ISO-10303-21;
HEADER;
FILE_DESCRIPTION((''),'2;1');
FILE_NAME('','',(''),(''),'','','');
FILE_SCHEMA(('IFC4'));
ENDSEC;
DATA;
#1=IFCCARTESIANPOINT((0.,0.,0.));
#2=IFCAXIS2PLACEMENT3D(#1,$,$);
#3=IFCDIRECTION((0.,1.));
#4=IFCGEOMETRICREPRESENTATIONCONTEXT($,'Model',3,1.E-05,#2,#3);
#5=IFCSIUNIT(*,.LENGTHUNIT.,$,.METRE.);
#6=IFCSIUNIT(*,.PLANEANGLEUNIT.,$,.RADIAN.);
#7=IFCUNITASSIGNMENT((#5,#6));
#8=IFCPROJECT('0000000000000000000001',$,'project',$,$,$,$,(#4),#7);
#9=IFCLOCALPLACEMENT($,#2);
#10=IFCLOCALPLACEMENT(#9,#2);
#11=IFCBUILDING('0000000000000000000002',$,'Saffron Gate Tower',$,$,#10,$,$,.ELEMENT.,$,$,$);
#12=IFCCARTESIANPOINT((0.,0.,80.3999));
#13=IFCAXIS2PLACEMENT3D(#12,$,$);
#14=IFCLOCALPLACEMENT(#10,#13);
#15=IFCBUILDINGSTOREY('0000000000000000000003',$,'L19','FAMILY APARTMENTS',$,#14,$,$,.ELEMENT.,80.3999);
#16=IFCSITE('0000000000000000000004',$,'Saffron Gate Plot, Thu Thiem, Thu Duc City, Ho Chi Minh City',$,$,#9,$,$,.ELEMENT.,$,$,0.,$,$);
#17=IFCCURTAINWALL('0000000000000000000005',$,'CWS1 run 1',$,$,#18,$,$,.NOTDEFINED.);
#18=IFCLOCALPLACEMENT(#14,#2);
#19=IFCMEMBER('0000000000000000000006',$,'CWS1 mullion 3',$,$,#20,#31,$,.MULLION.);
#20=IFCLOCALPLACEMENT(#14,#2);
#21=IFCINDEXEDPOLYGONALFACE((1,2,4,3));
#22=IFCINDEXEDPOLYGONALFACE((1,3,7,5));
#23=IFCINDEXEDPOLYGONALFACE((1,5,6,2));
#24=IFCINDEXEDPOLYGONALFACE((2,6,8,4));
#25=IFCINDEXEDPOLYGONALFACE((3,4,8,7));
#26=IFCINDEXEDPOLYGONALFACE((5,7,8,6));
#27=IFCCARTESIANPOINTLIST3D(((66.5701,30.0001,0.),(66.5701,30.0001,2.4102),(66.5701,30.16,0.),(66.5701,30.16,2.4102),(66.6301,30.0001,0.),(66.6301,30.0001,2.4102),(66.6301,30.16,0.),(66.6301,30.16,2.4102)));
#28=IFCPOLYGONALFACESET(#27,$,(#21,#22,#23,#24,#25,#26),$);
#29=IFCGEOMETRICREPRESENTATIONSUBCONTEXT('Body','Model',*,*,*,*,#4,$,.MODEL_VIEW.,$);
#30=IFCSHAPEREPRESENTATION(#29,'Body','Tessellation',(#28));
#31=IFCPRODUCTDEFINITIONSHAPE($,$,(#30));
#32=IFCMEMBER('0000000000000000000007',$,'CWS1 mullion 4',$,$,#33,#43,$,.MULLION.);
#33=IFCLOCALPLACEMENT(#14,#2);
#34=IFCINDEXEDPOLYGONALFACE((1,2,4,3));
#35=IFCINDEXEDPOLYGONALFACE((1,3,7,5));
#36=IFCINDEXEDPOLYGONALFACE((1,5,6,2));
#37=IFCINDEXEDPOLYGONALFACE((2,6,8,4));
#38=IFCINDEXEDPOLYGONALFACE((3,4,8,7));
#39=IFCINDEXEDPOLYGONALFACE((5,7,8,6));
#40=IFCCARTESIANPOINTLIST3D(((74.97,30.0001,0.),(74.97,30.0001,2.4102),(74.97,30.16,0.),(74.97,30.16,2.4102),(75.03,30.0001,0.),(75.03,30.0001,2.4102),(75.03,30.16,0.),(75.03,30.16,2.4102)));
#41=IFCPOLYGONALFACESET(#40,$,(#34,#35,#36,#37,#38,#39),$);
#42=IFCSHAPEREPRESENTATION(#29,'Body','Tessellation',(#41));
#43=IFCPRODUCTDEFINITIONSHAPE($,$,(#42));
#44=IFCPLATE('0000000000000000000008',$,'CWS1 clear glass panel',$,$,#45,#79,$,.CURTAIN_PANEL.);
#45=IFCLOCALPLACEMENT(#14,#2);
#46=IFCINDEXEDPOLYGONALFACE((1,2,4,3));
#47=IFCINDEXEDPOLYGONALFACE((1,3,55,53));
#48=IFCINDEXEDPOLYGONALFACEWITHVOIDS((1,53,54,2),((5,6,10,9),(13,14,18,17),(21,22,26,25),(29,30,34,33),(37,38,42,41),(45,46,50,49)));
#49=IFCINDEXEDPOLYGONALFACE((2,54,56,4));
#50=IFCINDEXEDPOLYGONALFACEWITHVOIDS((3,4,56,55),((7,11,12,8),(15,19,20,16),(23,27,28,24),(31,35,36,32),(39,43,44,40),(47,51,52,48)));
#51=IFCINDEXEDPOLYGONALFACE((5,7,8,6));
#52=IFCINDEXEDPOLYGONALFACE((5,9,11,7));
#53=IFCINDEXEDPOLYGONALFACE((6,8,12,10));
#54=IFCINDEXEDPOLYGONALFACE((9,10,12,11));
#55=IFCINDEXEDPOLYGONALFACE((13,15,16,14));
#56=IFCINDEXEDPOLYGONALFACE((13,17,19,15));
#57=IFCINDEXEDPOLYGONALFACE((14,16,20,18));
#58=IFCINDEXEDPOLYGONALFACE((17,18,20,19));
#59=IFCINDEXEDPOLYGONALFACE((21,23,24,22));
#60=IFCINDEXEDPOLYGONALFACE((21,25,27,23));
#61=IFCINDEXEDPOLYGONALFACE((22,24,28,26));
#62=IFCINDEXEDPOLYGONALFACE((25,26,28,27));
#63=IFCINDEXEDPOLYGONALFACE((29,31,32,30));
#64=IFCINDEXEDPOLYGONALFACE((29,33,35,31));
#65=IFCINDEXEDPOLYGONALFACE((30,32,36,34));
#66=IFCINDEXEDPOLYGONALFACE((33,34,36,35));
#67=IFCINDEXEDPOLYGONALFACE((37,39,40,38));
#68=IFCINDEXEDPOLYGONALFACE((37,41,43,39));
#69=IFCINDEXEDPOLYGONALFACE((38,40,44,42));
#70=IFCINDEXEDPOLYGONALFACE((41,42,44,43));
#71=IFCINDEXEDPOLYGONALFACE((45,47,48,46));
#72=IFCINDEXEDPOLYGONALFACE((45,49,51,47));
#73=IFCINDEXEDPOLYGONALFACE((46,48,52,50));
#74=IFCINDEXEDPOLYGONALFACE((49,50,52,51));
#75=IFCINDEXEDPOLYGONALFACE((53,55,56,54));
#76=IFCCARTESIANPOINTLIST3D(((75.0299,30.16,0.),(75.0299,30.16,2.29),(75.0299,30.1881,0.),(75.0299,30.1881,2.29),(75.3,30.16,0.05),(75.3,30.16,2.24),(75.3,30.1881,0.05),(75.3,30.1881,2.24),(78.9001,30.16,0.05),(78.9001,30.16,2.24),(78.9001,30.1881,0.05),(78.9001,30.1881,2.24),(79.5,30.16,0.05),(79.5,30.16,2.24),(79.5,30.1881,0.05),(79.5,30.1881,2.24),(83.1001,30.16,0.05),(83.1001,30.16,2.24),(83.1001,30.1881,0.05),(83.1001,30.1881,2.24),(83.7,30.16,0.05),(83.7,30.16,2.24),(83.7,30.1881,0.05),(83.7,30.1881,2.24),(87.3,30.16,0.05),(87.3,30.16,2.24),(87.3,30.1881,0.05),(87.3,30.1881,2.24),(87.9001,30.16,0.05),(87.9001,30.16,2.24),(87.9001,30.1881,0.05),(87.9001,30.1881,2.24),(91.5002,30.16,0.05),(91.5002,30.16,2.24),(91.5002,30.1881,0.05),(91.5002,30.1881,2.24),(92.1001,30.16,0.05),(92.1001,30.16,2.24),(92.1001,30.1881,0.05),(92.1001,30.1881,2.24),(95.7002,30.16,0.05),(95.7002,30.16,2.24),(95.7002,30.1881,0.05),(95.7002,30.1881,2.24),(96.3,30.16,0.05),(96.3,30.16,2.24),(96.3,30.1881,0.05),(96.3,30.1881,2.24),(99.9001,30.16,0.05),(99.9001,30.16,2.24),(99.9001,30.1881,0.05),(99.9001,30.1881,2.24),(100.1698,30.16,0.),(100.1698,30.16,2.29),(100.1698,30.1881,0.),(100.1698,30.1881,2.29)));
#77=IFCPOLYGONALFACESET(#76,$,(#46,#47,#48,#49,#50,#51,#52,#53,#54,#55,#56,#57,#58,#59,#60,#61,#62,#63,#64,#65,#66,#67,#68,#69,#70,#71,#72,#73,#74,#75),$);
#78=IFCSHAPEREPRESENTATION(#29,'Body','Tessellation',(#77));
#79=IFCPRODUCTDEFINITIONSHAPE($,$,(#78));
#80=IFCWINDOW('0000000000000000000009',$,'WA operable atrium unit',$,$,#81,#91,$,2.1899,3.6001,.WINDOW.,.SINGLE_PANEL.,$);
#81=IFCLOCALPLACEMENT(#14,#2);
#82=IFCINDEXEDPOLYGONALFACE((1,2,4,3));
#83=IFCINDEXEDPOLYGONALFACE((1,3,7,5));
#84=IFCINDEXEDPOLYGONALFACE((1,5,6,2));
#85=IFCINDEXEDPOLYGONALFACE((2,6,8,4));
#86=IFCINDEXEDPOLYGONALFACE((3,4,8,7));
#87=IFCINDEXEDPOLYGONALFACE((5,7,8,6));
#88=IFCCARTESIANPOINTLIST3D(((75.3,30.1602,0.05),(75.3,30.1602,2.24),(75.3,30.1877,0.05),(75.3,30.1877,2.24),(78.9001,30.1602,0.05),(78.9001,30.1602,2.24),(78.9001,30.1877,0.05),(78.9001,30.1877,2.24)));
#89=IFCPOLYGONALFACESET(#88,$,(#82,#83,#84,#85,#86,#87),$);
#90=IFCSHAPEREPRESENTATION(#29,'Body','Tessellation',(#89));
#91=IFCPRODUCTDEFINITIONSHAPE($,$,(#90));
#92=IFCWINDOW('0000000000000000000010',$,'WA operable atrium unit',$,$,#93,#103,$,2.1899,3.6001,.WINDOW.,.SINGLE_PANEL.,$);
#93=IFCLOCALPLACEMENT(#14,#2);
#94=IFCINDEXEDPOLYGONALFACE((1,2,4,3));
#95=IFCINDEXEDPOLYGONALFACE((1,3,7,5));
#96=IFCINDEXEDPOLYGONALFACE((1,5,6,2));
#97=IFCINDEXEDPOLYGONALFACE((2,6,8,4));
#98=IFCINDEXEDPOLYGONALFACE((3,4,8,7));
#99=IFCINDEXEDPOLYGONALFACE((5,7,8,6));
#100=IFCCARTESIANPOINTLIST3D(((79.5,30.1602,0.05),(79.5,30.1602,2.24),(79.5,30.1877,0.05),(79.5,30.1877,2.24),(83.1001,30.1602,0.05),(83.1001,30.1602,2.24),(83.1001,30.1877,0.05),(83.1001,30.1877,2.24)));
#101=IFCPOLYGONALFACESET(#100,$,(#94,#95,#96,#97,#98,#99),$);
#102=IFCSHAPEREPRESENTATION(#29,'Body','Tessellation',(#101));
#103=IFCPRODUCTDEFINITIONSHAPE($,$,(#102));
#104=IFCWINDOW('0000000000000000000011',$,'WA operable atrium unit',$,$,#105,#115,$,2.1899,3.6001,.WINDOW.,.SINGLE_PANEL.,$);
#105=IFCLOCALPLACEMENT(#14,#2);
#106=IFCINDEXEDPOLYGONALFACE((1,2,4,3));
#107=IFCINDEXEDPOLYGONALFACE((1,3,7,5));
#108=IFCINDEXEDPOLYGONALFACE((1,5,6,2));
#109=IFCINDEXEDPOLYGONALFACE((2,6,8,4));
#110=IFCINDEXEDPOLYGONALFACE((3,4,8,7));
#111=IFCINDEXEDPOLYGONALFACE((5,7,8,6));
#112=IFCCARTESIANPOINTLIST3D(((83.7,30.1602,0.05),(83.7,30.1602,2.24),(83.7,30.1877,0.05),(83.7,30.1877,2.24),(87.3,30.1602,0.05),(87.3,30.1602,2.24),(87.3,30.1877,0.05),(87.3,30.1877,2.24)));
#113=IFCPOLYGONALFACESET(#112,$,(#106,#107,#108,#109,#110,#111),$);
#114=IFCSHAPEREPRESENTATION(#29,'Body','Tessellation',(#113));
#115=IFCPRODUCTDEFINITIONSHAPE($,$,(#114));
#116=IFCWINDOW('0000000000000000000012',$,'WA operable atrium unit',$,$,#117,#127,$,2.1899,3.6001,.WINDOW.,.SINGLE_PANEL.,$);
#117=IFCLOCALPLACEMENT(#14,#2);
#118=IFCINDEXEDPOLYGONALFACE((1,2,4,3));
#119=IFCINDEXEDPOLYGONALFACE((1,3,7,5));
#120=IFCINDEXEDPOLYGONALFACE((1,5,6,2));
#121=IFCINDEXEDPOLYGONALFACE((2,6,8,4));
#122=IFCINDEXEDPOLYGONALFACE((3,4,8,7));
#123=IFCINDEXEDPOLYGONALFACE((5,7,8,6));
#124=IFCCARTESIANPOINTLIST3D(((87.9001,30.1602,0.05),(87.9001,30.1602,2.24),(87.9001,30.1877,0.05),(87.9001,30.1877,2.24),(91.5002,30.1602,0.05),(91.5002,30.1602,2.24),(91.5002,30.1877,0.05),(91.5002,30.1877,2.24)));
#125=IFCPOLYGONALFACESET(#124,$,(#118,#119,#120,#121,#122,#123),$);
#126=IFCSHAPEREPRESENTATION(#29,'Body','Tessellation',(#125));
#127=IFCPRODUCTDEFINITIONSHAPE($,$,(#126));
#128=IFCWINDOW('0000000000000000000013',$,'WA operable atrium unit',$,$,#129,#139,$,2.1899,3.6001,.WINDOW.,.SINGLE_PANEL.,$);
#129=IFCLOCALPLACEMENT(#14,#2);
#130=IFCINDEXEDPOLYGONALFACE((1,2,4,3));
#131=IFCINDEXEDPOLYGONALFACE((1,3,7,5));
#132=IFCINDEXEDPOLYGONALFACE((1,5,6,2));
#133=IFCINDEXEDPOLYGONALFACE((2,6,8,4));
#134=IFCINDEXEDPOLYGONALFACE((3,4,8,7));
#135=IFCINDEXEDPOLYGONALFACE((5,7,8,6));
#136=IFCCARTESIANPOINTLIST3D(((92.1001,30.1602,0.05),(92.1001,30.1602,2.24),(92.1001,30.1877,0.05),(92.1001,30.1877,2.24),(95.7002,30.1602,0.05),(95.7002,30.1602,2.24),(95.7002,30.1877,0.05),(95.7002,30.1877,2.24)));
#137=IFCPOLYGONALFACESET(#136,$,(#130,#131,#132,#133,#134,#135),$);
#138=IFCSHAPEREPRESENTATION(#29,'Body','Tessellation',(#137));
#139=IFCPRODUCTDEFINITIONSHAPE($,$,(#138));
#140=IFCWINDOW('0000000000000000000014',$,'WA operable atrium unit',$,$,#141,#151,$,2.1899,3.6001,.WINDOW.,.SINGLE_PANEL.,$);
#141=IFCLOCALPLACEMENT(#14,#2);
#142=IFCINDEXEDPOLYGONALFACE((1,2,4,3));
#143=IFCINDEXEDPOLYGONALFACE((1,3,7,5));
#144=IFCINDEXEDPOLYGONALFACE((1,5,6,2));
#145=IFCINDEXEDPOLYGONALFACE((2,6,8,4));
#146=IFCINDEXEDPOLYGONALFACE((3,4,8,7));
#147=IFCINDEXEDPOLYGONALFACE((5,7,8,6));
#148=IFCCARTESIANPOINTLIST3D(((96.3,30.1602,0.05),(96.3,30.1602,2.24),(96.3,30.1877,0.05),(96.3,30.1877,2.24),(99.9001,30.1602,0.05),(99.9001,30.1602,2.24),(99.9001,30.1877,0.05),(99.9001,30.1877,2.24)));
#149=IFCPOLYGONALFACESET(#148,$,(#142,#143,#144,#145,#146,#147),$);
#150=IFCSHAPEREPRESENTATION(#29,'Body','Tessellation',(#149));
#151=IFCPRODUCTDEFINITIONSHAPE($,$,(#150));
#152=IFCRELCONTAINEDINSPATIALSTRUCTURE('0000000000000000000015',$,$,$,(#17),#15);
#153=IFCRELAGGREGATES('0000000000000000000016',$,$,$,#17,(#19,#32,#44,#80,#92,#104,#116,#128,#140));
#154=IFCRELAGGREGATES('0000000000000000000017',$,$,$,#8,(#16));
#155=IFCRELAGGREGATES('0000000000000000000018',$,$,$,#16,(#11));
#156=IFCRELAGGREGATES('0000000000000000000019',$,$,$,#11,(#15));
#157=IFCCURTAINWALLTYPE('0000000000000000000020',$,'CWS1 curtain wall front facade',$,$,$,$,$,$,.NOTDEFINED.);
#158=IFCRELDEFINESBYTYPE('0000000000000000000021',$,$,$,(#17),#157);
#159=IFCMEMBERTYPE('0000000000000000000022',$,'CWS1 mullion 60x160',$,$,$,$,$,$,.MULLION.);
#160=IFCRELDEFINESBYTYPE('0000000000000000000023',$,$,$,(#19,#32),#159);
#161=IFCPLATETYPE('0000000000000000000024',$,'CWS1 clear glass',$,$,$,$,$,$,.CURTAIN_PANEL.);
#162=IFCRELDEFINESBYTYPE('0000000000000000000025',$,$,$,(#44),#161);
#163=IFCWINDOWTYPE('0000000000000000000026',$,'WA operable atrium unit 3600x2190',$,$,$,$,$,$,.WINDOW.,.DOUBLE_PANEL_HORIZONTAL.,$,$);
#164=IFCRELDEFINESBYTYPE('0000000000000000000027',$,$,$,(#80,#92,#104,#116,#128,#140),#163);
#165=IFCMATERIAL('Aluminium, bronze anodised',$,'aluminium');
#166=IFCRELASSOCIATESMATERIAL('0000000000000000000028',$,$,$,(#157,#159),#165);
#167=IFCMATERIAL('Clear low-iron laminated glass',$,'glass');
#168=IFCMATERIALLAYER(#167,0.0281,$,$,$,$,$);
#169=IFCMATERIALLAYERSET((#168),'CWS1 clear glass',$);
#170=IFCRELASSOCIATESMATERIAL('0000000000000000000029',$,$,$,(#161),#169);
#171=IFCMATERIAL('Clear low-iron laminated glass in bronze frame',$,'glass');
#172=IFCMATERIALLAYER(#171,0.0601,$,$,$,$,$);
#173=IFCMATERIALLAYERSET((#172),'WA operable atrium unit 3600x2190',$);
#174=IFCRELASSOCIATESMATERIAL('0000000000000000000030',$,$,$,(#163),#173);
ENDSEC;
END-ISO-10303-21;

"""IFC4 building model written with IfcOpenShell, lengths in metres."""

from ifc_helpers import new_model, si_unit, direction, frame, frame_2d, origin, origin_2d, place, context, subcontext, project, spatial, rectangle, extrude, material, layer, layer_set, material_profile, profile_set, type_object, element, fill, aggregate, save


model = new_model("IFC4")

# Units and contexts
model_context = context("Model", 3, precision=1e-05, world=origin(), true_north=direction((0.0, 1.0)))
body_context = subcontext(model_context, "Body", "Model", "MODEL_VIEW")
ifc_project = project(units=[si_unit("LENGTHUNIT", "METRE"), si_unit("PLANEANGLEUNIT", "RADIAN")], contexts=[model_context])

# Site, building, storey
site_placement = place(None, origin())
site = spatial("IfcSite", under=ifc_project, at=site_placement, Name="Saffron Gate Plot, Thu Thiem, Thu Duc City, Ho Chi Minh City", CompositionType="ELEMENT", RefElevation=0.0)
building_placement = place(site_placement, origin())
building = spatial("IfcBuilding", under=site, at=building_placement, Name="Saffron Gate Tower", CompositionType="ELEMENT")
storey_placement = place(building_placement, frame((0.0, 0.0, 80.3999)))
storey = spatial("IfcBuildingStorey", under=building, at=storey_placement, Name="L19", Description="FAMILY APARTMENTS", CompositionType="ELEMENT", Elevation=80.3999)

# Curtain wall, members, plate, openings, windows
ifc_material_1 = material(Name="Aluminium, bronze anodised", Category="aluminium")
curtain_wall_type = type_object("IfcCurtainWallType", Name="CWS1 curtain wall front facade", PredefinedType="NOTDEFINED", material=ifc_material_1)
curtain_wall_placement = place(storey_placement, origin())
curtain_wall = element("IfcCurtainWall", 1, at=curtain_wall_placement, inside=storey, type_object=curtain_wall_type, Name="CWS1 run 1", PredefinedType="NOTDEFINED")
ifc_material_profile_1 = material_profile(ifc_material_1, rectangle(XDim=0.1599, YDim=0.0601, at=origin_2d()))
ifc_profile_set_1 = profile_set([ifc_material_profile_1], Name="Aluminium, bronze anodised")
member_type = type_object("IfcMemberType", Name="CWS1 mullion 60x160", PredefinedType="MULLION", material=ifc_profile_set_1)
member_1_placement = place(storey_placement, frame((66.6001, 30.0801, 0.0), z_axis=(0.0, 0.0, 1.0), x_axis=(0.0, 1.0, 0.0)))
member_1 = element("IfcMember", 2, at=member_1_placement, type_object=member_type, Name="CWS1 mullion 3", PredefinedType="MULLION", context=body_context, shape_type="SweptSolid", body=[
    extrude(rectangle(XDim=0.1599, YDim=0.0601, at=origin_2d()), origin(), (0.0, 0.0, 1.0), 2.4102),
])
member_2_placement = place(storey_placement, frame((75.0, 30.0801, 0.0), z_axis=(0.0, 0.0, 1.0), x_axis=(0.0, 1.0, 0.0)))
member_2 = element("IfcMember", 3, at=member_2_placement, type_object=member_type, Name="CWS1 mullion 4", PredefinedType="MULLION", context=body_context, shape_type="SweptSolid", body=[
    extrude(rectangle(XDim=0.1599, YDim=0.0601, at=origin_2d()), origin(), (0.0, 0.0, 1.0), 2.4102),
])
ifc_material_2 = material(Name="Clear low-iron laminated glass", Category="glass")
ifc_layer_1 = layer(ifc_material_2, 0.0281)
ifc_layer_set_1 = layer_set([ifc_layer_1], Name="CWS1 clear glass")
plate_type = type_object("IfcPlateType", Name="CWS1 clear glass", PredefinedType="CURTAIN_PANEL", material=ifc_layer_set_1)
plate_placement = place(storey_placement, frame((75.03, 30.1741, 0.0), z_axis=(0.0, 0.0, 1.0), x_axis=(1.0, 0.0, 0.0)))
plate = element("IfcPlate", 4, at=plate_placement, type_object=plate_type, Name="CWS1 clear glass panel", PredefinedType="CURTAIN_PANEL", context=body_context, shape_type="SweptSolid", body=[
    extrude(rectangle(XDim=25.1399, YDim=0.0281, at=frame_2d((12.5698, 0.0))), origin(), (0.0, 0.0, 1.0), 2.29),
])
opening_1_placement = place(plate_placement, frame((0.27, 0.0, 0.05)))
opening_1 = element("IfcOpeningElement", 5, at=opening_1_placement, cuts=plate, PredefinedType="OPENING", context=body_context, shape_type="SweptSolid", body=[
    extrude(rectangle(XDim=3.6001, YDim=2.1899, at=frame_2d((1.8, 1.095))), frame((0.0, 0.0239, 0.0), z_axis=(0.0, -1.0, 0.0), x_axis=(1.0, 0.0, 0.0)), (0.0, 0.0, 1.0), 0.0481),
])
opening_2_placement = place(plate_placement, frame((4.47, 0.0, 0.05)))
opening_2 = element("IfcOpeningElement", 6, at=opening_2_placement, cuts=plate, PredefinedType="OPENING", context=body_context, shape_type="SweptSolid", body=[
    extrude(rectangle(XDim=3.6001, YDim=2.1899, at=frame_2d((1.8, 1.095))), frame((0.0, 0.0239, 0.0), z_axis=(0.0, -1.0, 0.0), x_axis=(1.0, 0.0, 0.0)), (0.0, 0.0, 1.0), 0.0481),
])
opening_3_placement = place(plate_placement, frame((8.6699, 0.0, 0.05)))
opening_3 = element("IfcOpeningElement", 7, at=opening_3_placement, cuts=plate, PredefinedType="OPENING", context=body_context, shape_type="SweptSolid", body=[
    extrude(rectangle(XDim=3.6001, YDim=2.1899, at=frame_2d((1.8, 1.095))), frame((0.0, 0.0239, 0.0), z_axis=(0.0, -1.0, 0.0), x_axis=(1.0, 0.0, 0.0)), (0.0, 0.0, 1.0), 0.0481),
])
opening_4_placement = place(plate_placement, frame((12.8701, 0.0, 0.05)))
opening_4 = element("IfcOpeningElement", 8, at=opening_4_placement, cuts=plate, PredefinedType="OPENING", context=body_context, shape_type="SweptSolid", body=[
    extrude(rectangle(XDim=3.6001, YDim=2.1899, at=frame_2d((1.8, 1.095))), frame((0.0, 0.0239, 0.0), z_axis=(0.0, -1.0, 0.0), x_axis=(1.0, 0.0, 0.0)), (0.0, 0.0, 1.0), 0.0481),
])
opening_5_placement = place(plate_placement, frame((17.0701, 0.0, 0.05)))
opening_5 = element("IfcOpeningElement", 9, at=opening_5_placement, cuts=plate, PredefinedType="OPENING", context=body_context, shape_type="SweptSolid", body=[
    extrude(rectangle(XDim=3.6001, YDim=2.1899, at=frame_2d((1.8, 1.095))), frame((0.0, 0.0239, 0.0), z_axis=(0.0, -1.0, 0.0), x_axis=(1.0, 0.0, 0.0)), (0.0, 0.0, 1.0), 0.0481),
])
opening_6_placement = place(plate_placement, frame((21.27, 0.0, 0.05)))
opening_6 = element("IfcOpeningElement", 10, at=opening_6_placement, cuts=plate, PredefinedType="OPENING", context=body_context, shape_type="SweptSolid", body=[
    extrude(rectangle(XDim=3.6001, YDim=2.1899, at=frame_2d((1.8, 1.095))), frame((0.0, 0.0239, 0.0), z_axis=(0.0, -1.0, 0.0), x_axis=(1.0, 0.0, 0.0)), (0.0, 0.0, 1.0), 0.0481),
])
ifc_material_3 = material(Name="Clear low-iron laminated glass in bronze frame", Category="glass")
ifc_layer_2 = layer(ifc_material_3, 0.0601)
ifc_layer_set_2 = layer_set([ifc_layer_2], Name="WA operable atrium unit 3600x2190")
window_type = type_object("IfcWindowType", Name="WA operable atrium unit 3600x2190", PartitioningType="DOUBLE_PANEL_HORIZONTAL", PredefinedType="WINDOW", material=ifc_layer_set_2)
window_1_placement = place(opening_1_placement, origin())
window_1 = element("IfcWindow", 11, at=window_1_placement, type_object=window_type, Name="WA operable atrium unit", OverallHeight=2.1899, OverallWidth=3.6001, PartitioningType="SINGLE_PANEL", PredefinedType="WINDOW", context=body_context, shape_type="SweptSolid", body=[
    extrude(rectangle(XDim=3.6001, YDim=2.1899, at=frame_2d((1.8, 1.095))), frame((0.0, 0.0137, 0.0), z_axis=(0.0, -1.0, 0.0), x_axis=(1.0, 0.0, 0.0)), (0.0, 0.0, 1.0), 0.0276),
])
fill(opening_1, window_1)
window_2_placement = place(opening_2_placement, origin())
window_2 = element("IfcWindow", 12, at=window_2_placement, type_object=window_type, Name="WA operable atrium unit", OverallHeight=2.1899, OverallWidth=3.6001, PartitioningType="SINGLE_PANEL", PredefinedType="WINDOW", context=body_context, shape_type="SweptSolid", body=[
    extrude(rectangle(XDim=3.6001, YDim=2.1899, at=frame_2d((1.8, 1.095))), frame((0.0, 0.0137, 0.0), z_axis=(0.0, -1.0, 0.0), x_axis=(1.0, 0.0, 0.0)), (0.0, 0.0, 1.0), 0.0276),
])
fill(opening_2, window_2)
window_3_placement = place(opening_3_placement, origin())
window_3 = element("IfcWindow", 13, at=window_3_placement, type_object=window_type, Name="WA operable atrium unit", OverallHeight=2.1899, OverallWidth=3.6001, PartitioningType="SINGLE_PANEL", PredefinedType="WINDOW", context=body_context, shape_type="SweptSolid", body=[
    extrude(rectangle(XDim=3.6001, YDim=2.1899, at=frame_2d((1.8, 1.095))), frame((0.0, 0.0137, 0.0), z_axis=(0.0, -1.0, 0.0), x_axis=(1.0, 0.0, 0.0)), (0.0, 0.0, 1.0), 0.0276),
])
fill(opening_3, window_3)
window_4_placement = place(opening_4_placement, origin())
window_4 = element("IfcWindow", 14, at=window_4_placement, type_object=window_type, Name="WA operable atrium unit", OverallHeight=2.1899, OverallWidth=3.6001, PartitioningType="SINGLE_PANEL", PredefinedType="WINDOW", context=body_context, shape_type="SweptSolid", body=[
    extrude(rectangle(XDim=3.6001, YDim=2.1899, at=frame_2d((1.8, 1.095))), frame((0.0, 0.0137, 0.0), z_axis=(0.0, -1.0, 0.0), x_axis=(1.0, 0.0, 0.0)), (0.0, 0.0, 1.0), 0.0276),
])
fill(opening_4, window_4)
window_5_placement = place(opening_5_placement, origin())
window_5 = element("IfcWindow", 15, at=window_5_placement, type_object=window_type, Name="WA operable atrium unit", OverallHeight=2.1899, OverallWidth=3.6001, PartitioningType="SINGLE_PANEL", PredefinedType="WINDOW", context=body_context, shape_type="SweptSolid", body=[
    extrude(rectangle(XDim=3.6001, YDim=2.1899, at=frame_2d((1.8, 1.095))), frame((0.0, 0.0137, 0.0), z_axis=(0.0, -1.0, 0.0), x_axis=(1.0, 0.0, 0.0)), (0.0, 0.0, 1.0), 0.0276),
])
fill(opening_5, window_5)
window_6_placement = place(opening_6_placement, origin())
window_6 = element("IfcWindow", 16, at=window_6_placement, type_object=window_type, Name="WA operable atrium unit", OverallHeight=2.1899, OverallWidth=3.6001, PartitioningType="SINGLE_PANEL", PredefinedType="WINDOW", context=body_context, shape_type="SweptSolid", body=[
    extrude(rectangle(XDim=3.6001, YDim=2.1899, at=frame_2d((1.8, 1.095))), frame((0.0, 0.0137, 0.0), z_axis=(0.0, -1.0, 0.0), x_axis=(1.0, 0.0, 0.0)), (0.0, 0.0, 1.0), 0.0276),
])
fill(opening_6, window_6)
aggregate(curtain_wall, [member_1, member_2, plate, window_1, window_2, window_3, window_4, window_5, window_6])

save(model, "model.ifc")
